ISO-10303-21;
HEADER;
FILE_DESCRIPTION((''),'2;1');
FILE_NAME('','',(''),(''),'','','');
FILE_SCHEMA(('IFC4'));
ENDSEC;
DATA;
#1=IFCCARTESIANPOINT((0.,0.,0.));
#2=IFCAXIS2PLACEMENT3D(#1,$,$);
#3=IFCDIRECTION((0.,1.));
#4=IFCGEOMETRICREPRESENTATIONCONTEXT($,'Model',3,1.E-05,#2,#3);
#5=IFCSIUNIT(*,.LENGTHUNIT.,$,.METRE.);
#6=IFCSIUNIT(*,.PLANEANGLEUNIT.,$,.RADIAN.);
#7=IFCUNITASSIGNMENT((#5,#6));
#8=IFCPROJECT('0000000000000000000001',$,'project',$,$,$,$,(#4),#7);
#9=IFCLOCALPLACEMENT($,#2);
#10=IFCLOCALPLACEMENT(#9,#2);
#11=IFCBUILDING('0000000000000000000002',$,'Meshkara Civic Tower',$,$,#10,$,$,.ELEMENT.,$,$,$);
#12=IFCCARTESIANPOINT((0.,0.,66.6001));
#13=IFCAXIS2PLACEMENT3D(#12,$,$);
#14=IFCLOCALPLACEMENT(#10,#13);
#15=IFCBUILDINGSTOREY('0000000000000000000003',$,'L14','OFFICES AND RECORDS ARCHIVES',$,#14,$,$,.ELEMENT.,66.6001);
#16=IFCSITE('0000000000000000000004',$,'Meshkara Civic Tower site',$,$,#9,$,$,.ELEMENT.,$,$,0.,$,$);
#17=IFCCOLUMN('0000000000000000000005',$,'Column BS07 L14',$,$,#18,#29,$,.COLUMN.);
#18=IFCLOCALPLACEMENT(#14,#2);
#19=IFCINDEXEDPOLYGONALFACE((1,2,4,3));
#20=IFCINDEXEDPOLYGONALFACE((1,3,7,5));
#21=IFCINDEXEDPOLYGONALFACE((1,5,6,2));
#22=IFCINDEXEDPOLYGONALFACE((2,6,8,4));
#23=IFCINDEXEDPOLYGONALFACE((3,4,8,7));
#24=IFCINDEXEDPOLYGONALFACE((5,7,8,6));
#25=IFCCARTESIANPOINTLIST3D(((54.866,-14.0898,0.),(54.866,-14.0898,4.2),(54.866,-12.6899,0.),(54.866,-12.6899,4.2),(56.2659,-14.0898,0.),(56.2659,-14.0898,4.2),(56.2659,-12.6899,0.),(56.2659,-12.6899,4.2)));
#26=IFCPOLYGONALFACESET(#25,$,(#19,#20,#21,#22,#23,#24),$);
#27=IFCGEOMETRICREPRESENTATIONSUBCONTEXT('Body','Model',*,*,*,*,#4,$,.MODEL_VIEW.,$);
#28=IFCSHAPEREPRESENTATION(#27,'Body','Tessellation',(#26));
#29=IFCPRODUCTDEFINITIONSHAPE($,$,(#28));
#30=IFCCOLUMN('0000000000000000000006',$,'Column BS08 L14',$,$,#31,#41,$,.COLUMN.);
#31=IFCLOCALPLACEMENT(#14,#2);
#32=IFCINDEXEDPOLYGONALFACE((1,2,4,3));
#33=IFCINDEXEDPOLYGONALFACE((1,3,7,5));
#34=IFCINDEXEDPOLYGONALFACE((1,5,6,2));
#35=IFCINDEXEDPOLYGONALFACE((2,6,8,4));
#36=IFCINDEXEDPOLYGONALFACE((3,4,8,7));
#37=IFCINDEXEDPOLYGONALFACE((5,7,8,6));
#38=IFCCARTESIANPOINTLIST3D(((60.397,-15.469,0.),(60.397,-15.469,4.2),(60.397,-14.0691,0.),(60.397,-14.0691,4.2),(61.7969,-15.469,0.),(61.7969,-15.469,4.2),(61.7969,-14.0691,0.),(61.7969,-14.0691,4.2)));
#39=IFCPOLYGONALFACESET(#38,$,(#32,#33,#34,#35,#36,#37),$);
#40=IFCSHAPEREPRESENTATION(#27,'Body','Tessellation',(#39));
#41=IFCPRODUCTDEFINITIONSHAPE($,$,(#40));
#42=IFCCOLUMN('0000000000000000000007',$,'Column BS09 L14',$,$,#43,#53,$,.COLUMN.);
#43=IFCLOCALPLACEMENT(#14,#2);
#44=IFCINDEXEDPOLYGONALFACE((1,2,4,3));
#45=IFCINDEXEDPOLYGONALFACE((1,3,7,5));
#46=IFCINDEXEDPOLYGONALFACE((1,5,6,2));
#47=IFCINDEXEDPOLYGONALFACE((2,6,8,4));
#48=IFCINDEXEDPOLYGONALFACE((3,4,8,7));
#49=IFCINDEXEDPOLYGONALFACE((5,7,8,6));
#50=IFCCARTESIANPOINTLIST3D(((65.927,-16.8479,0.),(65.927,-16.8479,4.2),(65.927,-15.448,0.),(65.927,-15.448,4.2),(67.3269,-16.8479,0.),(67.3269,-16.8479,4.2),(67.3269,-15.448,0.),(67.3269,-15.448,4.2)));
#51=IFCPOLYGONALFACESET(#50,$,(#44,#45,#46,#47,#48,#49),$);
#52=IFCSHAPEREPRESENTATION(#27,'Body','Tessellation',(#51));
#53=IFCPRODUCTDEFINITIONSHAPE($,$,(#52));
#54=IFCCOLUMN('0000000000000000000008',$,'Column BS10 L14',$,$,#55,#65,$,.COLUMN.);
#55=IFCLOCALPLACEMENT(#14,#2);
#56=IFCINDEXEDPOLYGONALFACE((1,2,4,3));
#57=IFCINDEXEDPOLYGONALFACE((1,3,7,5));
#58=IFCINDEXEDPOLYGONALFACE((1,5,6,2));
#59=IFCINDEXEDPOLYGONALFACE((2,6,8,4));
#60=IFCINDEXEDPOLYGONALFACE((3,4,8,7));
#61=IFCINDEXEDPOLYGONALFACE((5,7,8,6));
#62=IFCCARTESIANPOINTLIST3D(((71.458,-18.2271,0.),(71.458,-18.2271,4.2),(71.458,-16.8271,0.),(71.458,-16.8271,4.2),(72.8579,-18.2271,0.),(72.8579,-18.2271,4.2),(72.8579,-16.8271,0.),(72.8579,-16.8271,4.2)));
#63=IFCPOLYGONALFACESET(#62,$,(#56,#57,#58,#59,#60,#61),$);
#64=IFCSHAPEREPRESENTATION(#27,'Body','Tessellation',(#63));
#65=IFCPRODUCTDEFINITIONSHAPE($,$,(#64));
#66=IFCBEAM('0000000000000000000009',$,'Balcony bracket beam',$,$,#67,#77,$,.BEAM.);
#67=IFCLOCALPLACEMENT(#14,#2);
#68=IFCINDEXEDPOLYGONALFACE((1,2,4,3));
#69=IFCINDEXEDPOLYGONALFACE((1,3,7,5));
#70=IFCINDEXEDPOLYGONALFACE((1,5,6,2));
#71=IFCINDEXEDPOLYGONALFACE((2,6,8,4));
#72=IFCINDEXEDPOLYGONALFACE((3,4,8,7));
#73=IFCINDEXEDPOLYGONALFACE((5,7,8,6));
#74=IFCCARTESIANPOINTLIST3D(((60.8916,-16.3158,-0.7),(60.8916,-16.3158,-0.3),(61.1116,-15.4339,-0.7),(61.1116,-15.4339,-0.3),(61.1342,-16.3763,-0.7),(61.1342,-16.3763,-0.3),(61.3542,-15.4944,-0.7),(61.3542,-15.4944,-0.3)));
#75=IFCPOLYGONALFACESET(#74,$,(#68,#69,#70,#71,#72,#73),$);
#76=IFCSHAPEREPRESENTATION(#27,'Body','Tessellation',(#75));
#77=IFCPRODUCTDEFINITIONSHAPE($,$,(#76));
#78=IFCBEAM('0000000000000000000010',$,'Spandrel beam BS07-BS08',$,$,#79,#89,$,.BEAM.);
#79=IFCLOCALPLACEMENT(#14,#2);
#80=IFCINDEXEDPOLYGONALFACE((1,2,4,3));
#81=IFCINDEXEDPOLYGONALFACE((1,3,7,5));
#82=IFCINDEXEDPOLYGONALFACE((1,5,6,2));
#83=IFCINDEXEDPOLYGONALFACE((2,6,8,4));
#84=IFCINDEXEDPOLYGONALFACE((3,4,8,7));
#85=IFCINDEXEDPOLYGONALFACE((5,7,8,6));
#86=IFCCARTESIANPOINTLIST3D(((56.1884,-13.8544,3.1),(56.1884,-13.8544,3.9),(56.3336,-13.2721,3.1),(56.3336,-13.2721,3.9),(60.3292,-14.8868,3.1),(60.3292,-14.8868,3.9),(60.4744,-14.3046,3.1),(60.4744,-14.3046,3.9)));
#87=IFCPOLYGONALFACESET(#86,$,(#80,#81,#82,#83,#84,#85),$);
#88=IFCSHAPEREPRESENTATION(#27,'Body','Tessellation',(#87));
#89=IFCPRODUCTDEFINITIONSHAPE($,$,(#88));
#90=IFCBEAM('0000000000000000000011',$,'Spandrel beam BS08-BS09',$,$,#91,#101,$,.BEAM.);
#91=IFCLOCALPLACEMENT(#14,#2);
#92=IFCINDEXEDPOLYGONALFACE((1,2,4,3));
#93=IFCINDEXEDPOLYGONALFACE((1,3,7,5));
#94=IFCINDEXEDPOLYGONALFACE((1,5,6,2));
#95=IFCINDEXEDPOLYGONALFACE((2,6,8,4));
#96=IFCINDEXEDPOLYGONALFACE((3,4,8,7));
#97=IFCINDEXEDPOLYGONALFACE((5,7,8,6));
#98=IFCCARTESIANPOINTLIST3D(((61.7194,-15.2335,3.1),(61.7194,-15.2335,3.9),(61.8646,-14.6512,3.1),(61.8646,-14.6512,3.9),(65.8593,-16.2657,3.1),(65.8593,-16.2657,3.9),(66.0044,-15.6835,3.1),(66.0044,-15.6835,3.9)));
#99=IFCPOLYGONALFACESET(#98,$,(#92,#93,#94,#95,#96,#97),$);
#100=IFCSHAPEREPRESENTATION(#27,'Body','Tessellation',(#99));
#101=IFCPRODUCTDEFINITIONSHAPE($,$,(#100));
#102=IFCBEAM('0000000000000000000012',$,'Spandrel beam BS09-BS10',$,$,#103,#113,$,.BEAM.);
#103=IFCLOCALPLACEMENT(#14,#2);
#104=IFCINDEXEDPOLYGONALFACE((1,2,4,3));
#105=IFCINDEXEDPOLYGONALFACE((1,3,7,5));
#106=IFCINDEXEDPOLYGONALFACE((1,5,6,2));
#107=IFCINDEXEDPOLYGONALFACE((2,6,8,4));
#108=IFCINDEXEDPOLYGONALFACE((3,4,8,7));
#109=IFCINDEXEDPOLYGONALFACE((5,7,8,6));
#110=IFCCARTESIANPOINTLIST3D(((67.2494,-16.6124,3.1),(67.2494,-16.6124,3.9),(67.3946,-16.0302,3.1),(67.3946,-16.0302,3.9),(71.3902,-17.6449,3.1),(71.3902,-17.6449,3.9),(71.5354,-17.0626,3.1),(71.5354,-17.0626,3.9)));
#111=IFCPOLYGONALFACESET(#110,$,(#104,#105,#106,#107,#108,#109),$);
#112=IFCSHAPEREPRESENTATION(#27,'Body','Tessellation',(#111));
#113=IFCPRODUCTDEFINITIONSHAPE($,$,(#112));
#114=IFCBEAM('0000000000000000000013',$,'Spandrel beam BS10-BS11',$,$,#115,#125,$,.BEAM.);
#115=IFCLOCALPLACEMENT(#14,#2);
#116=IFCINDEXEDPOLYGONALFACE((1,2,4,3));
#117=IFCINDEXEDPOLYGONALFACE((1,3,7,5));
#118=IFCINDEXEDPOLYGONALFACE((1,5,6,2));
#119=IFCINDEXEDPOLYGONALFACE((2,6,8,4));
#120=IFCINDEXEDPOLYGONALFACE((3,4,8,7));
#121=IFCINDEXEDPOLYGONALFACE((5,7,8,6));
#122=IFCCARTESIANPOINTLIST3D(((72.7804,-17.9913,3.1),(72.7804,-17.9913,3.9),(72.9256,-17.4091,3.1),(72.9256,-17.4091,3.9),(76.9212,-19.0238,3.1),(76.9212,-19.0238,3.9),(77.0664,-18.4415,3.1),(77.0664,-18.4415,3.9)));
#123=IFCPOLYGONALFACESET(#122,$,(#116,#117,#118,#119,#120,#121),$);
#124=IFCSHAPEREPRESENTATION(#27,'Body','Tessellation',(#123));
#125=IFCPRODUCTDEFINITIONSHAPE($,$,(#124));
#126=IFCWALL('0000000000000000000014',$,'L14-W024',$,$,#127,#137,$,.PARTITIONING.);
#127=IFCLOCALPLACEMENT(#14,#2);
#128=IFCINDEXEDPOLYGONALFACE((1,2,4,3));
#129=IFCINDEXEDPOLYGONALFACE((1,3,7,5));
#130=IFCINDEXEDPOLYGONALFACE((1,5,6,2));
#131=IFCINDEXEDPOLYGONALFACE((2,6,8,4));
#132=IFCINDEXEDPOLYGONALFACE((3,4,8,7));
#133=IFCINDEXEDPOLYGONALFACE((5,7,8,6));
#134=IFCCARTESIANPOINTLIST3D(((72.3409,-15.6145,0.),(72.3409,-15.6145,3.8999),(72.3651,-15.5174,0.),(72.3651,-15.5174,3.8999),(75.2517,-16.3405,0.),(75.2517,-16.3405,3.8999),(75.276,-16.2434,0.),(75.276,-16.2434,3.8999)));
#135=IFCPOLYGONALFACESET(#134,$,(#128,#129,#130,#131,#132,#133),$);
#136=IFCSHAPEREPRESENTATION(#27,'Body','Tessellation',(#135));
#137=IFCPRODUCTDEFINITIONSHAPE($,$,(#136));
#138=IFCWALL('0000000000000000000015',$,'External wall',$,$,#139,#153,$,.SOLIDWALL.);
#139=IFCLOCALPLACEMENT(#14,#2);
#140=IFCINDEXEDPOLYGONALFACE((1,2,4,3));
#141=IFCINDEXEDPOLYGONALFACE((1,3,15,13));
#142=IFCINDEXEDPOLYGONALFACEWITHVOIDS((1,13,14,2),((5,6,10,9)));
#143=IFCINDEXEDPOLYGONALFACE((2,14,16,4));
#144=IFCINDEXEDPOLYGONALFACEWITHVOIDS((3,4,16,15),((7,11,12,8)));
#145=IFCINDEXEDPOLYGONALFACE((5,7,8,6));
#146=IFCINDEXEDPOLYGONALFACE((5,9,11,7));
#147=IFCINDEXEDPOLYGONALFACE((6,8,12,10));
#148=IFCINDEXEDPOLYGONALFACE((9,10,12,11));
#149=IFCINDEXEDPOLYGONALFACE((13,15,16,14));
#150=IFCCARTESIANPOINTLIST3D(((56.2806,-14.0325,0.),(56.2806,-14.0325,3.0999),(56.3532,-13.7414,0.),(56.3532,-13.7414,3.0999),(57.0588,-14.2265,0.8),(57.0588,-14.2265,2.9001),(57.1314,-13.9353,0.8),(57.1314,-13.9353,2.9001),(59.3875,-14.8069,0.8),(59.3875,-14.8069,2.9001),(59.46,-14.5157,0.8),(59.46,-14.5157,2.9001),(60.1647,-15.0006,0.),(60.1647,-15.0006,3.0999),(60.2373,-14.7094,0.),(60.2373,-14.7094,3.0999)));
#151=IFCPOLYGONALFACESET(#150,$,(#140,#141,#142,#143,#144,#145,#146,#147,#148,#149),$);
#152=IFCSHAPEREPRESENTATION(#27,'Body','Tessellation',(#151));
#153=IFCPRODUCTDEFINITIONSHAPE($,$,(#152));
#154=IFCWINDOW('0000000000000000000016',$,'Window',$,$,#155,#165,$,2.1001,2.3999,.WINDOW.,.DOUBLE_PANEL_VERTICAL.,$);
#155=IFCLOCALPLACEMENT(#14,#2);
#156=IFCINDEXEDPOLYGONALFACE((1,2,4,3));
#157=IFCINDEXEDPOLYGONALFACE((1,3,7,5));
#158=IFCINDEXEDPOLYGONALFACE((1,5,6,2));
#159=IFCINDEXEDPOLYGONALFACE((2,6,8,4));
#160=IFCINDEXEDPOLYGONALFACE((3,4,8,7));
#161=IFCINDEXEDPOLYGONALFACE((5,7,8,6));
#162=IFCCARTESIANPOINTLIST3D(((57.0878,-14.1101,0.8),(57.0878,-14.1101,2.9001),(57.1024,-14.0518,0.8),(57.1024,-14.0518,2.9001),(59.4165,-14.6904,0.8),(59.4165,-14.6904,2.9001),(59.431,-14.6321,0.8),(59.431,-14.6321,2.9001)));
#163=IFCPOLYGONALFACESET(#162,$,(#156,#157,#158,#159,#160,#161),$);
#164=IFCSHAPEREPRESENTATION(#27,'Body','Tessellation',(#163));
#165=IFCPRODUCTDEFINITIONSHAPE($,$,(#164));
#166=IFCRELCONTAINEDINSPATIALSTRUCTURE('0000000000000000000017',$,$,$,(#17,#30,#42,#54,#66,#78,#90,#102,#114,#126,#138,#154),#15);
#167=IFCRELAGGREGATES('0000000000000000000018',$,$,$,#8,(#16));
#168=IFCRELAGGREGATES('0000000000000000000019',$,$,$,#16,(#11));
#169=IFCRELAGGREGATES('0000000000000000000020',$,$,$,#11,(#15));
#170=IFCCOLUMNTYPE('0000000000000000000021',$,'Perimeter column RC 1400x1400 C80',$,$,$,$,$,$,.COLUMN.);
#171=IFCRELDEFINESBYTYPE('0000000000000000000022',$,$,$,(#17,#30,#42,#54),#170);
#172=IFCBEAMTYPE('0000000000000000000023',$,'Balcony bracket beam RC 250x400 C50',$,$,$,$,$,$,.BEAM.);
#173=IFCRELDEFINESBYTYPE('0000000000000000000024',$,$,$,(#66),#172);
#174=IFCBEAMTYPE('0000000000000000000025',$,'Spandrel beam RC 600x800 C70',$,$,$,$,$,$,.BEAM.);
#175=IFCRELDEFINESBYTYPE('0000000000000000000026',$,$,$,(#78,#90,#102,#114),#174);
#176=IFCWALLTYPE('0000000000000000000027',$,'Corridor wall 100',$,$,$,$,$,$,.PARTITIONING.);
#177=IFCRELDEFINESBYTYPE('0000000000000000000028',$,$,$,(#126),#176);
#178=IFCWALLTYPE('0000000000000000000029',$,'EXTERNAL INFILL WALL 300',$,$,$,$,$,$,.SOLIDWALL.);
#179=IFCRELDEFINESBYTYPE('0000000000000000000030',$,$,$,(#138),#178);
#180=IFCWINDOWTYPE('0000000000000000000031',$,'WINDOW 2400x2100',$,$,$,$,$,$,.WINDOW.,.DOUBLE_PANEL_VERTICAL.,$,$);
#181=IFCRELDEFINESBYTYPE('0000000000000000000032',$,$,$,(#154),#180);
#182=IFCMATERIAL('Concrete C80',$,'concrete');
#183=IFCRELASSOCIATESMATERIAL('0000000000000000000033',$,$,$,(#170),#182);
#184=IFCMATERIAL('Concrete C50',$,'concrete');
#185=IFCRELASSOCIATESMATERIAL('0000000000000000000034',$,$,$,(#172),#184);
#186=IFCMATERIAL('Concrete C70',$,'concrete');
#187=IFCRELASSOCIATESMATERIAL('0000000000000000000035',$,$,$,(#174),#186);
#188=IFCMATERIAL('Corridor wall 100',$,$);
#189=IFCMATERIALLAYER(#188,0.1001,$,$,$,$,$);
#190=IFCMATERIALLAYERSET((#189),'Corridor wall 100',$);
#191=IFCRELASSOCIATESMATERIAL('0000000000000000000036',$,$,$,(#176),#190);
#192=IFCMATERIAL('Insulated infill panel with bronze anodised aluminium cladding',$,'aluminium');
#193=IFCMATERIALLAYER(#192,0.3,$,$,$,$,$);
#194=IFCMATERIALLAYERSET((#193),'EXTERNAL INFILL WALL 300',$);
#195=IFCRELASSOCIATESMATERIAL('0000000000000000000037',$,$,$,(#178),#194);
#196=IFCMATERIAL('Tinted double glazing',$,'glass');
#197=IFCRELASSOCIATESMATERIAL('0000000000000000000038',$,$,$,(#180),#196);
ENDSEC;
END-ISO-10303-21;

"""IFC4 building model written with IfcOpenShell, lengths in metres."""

from ifc_helpers import new_model, si_unit, direction, frame, frame_2d, origin, origin_2d, place, context, subcontext, project, spatial, rectangle, extrude, material, layer, layer_set, material_profile, profile_set, type_object, element, fill, save


model = new_model("IFC4")

# Units and contexts
model_context = context("Model", 3, precision=1e-05, world=origin(), true_north=direction((0.0, 1.0)))
body_context = subcontext(model_context, "Body", "Model", "MODEL_VIEW")
ifc_project = project(units=[si_unit("LENGTHUNIT", "METRE"), si_unit("PLANEANGLEUNIT", "RADIAN")], contexts=[model_context])

# Site, building, storey
site_placement = place(None, origin())
site = spatial("IfcSite", under=ifc_project, at=site_placement, Name="Meshkara Civic Tower site", CompositionType="ELEMENT", RefElevation=0.0)
building_placement = place(site_placement, origin())
building = spatial("IfcBuilding", under=site, at=building_placement, Name="Meshkara Civic Tower", CompositionType="ELEMENT")
storey_placement = place(building_placement, frame((0.0, 0.0, 66.6001)))
storey = spatial("IfcBuildingStorey", under=building, at=storey_placement, Name="L14", Description="OFFICES AND RECORDS ARCHIVES", CompositionType="ELEMENT", Elevation=66.6001)

# Columns
ifc_material_1 = material(Name="Concrete C80", Category="concrete")
ifc_material_profile_1 = material_profile(ifc_material_1, rectangle(XDim=1.3999, YDim=1.3999, at=origin_2d()))
ifc_profile_set_1 = profile_set([ifc_material_profile_1], Name="Concrete C80")
column_type = type_object("IfcColumnType", Name="Perimeter column RC 1400x1400 C80", PredefinedType="COLUMN", material=ifc_profile_set_1)
for number, where, z_axis, x_axis, name in (
    (1, (55.5659, -13.3899, 0.0), (0.0, 0.0, 1.0), (1.0, 0.0, 0.0), "Column BS07 L14"),
    (2, (61.0969, -14.769, 0.0), (0.0, 0.0, 1.0), (1.0, 0.0, 0.0), "Column BS08 L14"),
    (3, (66.627, -16.1479, 0.0), (0.0, 0.0, 1.0), (1.0, 0.0, 0.0), "Column BS09 L14"),
    (4, (72.158, -17.5271, 0.0), (0.0, 0.0, 1.0), (1.0, 0.0, 0.0), "Column BS10 L14"),
):
    element("IfcColumn", number, at=place(storey_placement, frame(where, z_axis=z_axis, x_axis=x_axis)), inside=storey, type_object=column_type, Name=name, PredefinedType="COLUMN", context=body_context, shape_type="SweptSolid", body=[
        extrude(rectangle(XDim=1.3999, YDim=1.3999, at=origin_2d()), origin(), (0.0, 0.0, 1.0), 4.2),
    ])

# Beams
ifc_material_2 = material(Name="Concrete C50", Category="concrete")
ifc_material_profile_2 = material_profile(ifc_material_2, rectangle(XDim=0.25, YDim=0.3999, at=origin_2d()))
ifc_profile_set_2 = profile_set([ifc_material_profile_2], Name="Concrete C50")
beam_type_1 = type_object("IfcBeamType", Name="Balcony bracket beam RC 250x400 C50", PredefinedType="BEAM", material=ifc_profile_set_2)
beam_1_placement = place(storey_placement, frame((61.2329, -15.4641, -0.5), z_axis=(-0.24203, -0.970269, 0.0), x_axis=(0.970269, -0.24203, 0.0)))
element("IfcBeam", 5, at=beam_1_placement, inside=storey, type_object=beam_type_1, Name="Balcony bracket beam", PredefinedType="BEAM", context=body_context, shape_type="SweptSolid", body=[
    extrude(rectangle(XDim=0.25, YDim=0.3999, at=origin_2d()), origin(), (0.0, 0.0, 1.0), 0.9089),
])
ifc_material_3 = material(Name="Concrete C70", Category="concrete")
ifc_material_profile_3 = material_profile(ifc_material_3, rectangle(XDim=0.6001, YDim=0.8, at=origin_2d()))
ifc_profile_set_3 = profile_set([ifc_material_profile_3], Name="Concrete C70")
beam_type_2 = type_object("IfcBeamType", Name="Spandrel beam RC 600x800 C70", PredefinedType="BEAM", material=ifc_profile_set_3)
beam_2_placement = place(storey_placement, frame((56.261, -13.5632, 3.5), z_axis=(0.970294, -0.24193, 0.0), x_axis=(0.24193, 0.970294, 0.0)))
element("IfcBeam", 6, at=beam_2_placement, inside=storey, type_object=beam_type_2, Name="Spandrel beam BS07-BS08", PredefinedType="BEAM", context=body_context, shape_type="SweptSolid", body=[
    extrude(rectangle(XDim=0.6001, YDim=0.8, at=origin_2d()), origin(), (0.0, 0.0, 1.0), 4.2676),
])
beam_3_placement = place(storey_placement, frame((61.792, -14.9424, 3.5), z_axis=(0.970294, -0.24193, 0.0), x_axis=(0.24193, 0.970294, 0.0)))
element("IfcBeam", 7, at=beam_3_placement, inside=storey, type_object=beam_type_2, Name="Spandrel beam BS08-BS09", PredefinedType="BEAM", context=body_context, shape_type="SweptSolid", body=[
    extrude(rectangle(XDim=0.6001, YDim=0.8, at=origin_2d()), origin(), (0.0, 0.0, 1.0), 4.2666),
])
for number, where, z_axis, x_axis, name in (
    (8, (67.322, -16.3213, 3.5), (0.970294, -0.24193, 0.0), (0.24193, 0.970294, 0.0), "Spandrel beam BS09-BS10"),
    (9, (72.853, -17.7002, 3.5), (0.970294, -0.24193, 0.0), (0.24193, 0.970294, 0.0), "Spandrel beam BS10-BS11"),
):
    element("IfcBeam", number, at=place(storey_placement, frame(where, z_axis=z_axis, x_axis=x_axis)), inside=storey, type_object=beam_type_2, Name=name, PredefinedType="BEAM", context=body_context, shape_type="SweptSolid", body=[
        extrude(rectangle(XDim=0.6001, YDim=0.8, at=origin_2d()), origin(), (0.0, 0.0, 1.0), 4.2676),
    ])

# Wall
ifc_material_4 = material(Name="Corridor wall 100")
ifc_layer_1 = layer(ifc_material_4, 0.1001)
ifc_layer_set_1 = layer_set([ifc_layer_1], Name="Corridor wall 100")
wall_type_1 = type_object("IfcWallType", Name="Corridor wall 100", PredefinedType="PARTITIONING", material=ifc_layer_set_1)
wall_1_placement = place(storey_placement, frame((72.353, -15.5659, 0.0), z_axis=(0.0, 0.0, 1.0), x_axis=(0.970272, -0.242019, 0.0)))
element("IfcWall", 10, at=wall_1_placement, inside=storey, type_object=wall_type_1, Name="L14-W024", PredefinedType="PARTITIONING", context=body_context, shape_type="SweptSolid", body=[
    extrude(rectangle(XDim=3.0, YDim=0.1001, at=frame_2d((1.5, 0.0))), origin(), (0.0, 0.0, 1.0), 3.8999),
])

# Wall, opening, window
ifc_material_5 = material(Name="Insulated infill panel with bronze anodised aluminium cladding", Category="aluminium")
ifc_layer_2 = layer(ifc_material_5, 0.3)
ifc_layer_set_2 = layer_set([ifc_layer_2], Name="EXTERNAL INFILL WALL 300")
wall_type_2 = type_object("IfcWallType", Name="EXTERNAL INFILL WALL 300", PredefinedType="SOLIDWALL", material=ifc_layer_set_2)
wall_2_placement = place(storey_placement, frame((56.3169, -13.887, 0.0), z_axis=(0.0, 0.0, 1.0), x_axis=(0.970318, -0.241832, 0.0)))
wall_2 = element("IfcWall", 11, at=wall_2_placement, inside=storey, type_object=wall_type_2, Name="External wall", PredefinedType="SOLIDWALL", context=body_context, shape_type="SweptSolid", body=[
    extrude(rectangle(XDim=4.0029, YDim=0.3, at=frame_2d((2.0015, 0.0))), origin(), (0.0, 0.0, 1.0), 3.0999),
])
opening_1_placement = place(wall_2_placement, frame((0.802, 0.0, 0.8)))
opening_1 = element("IfcOpeningElement", 12, at=opening_1_placement, cuts=wall_2, PredefinedType="OPENING", context=body_context, shape_type="SweptSolid", body=[
    extrude(rectangle(XDim=2.3999, YDim=2.1001, at=frame_2d((1.2, 1.05))), frame((0.0, 0.1599, 0.0), z_axis=(0.0, -1.0, 0.0), x_axis=(1.0, 0.0, 0.0)), (0.0, 0.0, 1.0), 0.3201),
])
ifc_material_6 = material(Name="Tinted double glazing", Category="glass")
window_type = type_object("IfcWindowType", Name="WINDOW 2400x2100", PartitioningType="DOUBLE_PANEL_VERTICAL", PredefinedType="WINDOW", material=ifc_material_6)
window_1_placement = place(opening_1_placement, origin())
window_1 = element("IfcWindow", 13, at=window_1_placement, inside=storey, type_object=window_type, Name="Window", OverallHeight=2.1001, OverallWidth=2.3999, PartitioningType="DOUBLE_PANEL_VERTICAL", PredefinedType="WINDOW", context=body_context, shape_type="SweptSolid", body=[
    extrude(rectangle(XDim=2.3999, YDim=2.1001, at=frame_2d((1.2, 1.05))), frame((0.0, 0.03, 0.0), z_axis=(0.0, -1.0, 0.0), x_axis=(1.0, 0.0, 0.0)), (0.0, 0.0, 1.0), 0.0601),
])
fill(opening_1, window_1)

save(model, "model.ifc")
